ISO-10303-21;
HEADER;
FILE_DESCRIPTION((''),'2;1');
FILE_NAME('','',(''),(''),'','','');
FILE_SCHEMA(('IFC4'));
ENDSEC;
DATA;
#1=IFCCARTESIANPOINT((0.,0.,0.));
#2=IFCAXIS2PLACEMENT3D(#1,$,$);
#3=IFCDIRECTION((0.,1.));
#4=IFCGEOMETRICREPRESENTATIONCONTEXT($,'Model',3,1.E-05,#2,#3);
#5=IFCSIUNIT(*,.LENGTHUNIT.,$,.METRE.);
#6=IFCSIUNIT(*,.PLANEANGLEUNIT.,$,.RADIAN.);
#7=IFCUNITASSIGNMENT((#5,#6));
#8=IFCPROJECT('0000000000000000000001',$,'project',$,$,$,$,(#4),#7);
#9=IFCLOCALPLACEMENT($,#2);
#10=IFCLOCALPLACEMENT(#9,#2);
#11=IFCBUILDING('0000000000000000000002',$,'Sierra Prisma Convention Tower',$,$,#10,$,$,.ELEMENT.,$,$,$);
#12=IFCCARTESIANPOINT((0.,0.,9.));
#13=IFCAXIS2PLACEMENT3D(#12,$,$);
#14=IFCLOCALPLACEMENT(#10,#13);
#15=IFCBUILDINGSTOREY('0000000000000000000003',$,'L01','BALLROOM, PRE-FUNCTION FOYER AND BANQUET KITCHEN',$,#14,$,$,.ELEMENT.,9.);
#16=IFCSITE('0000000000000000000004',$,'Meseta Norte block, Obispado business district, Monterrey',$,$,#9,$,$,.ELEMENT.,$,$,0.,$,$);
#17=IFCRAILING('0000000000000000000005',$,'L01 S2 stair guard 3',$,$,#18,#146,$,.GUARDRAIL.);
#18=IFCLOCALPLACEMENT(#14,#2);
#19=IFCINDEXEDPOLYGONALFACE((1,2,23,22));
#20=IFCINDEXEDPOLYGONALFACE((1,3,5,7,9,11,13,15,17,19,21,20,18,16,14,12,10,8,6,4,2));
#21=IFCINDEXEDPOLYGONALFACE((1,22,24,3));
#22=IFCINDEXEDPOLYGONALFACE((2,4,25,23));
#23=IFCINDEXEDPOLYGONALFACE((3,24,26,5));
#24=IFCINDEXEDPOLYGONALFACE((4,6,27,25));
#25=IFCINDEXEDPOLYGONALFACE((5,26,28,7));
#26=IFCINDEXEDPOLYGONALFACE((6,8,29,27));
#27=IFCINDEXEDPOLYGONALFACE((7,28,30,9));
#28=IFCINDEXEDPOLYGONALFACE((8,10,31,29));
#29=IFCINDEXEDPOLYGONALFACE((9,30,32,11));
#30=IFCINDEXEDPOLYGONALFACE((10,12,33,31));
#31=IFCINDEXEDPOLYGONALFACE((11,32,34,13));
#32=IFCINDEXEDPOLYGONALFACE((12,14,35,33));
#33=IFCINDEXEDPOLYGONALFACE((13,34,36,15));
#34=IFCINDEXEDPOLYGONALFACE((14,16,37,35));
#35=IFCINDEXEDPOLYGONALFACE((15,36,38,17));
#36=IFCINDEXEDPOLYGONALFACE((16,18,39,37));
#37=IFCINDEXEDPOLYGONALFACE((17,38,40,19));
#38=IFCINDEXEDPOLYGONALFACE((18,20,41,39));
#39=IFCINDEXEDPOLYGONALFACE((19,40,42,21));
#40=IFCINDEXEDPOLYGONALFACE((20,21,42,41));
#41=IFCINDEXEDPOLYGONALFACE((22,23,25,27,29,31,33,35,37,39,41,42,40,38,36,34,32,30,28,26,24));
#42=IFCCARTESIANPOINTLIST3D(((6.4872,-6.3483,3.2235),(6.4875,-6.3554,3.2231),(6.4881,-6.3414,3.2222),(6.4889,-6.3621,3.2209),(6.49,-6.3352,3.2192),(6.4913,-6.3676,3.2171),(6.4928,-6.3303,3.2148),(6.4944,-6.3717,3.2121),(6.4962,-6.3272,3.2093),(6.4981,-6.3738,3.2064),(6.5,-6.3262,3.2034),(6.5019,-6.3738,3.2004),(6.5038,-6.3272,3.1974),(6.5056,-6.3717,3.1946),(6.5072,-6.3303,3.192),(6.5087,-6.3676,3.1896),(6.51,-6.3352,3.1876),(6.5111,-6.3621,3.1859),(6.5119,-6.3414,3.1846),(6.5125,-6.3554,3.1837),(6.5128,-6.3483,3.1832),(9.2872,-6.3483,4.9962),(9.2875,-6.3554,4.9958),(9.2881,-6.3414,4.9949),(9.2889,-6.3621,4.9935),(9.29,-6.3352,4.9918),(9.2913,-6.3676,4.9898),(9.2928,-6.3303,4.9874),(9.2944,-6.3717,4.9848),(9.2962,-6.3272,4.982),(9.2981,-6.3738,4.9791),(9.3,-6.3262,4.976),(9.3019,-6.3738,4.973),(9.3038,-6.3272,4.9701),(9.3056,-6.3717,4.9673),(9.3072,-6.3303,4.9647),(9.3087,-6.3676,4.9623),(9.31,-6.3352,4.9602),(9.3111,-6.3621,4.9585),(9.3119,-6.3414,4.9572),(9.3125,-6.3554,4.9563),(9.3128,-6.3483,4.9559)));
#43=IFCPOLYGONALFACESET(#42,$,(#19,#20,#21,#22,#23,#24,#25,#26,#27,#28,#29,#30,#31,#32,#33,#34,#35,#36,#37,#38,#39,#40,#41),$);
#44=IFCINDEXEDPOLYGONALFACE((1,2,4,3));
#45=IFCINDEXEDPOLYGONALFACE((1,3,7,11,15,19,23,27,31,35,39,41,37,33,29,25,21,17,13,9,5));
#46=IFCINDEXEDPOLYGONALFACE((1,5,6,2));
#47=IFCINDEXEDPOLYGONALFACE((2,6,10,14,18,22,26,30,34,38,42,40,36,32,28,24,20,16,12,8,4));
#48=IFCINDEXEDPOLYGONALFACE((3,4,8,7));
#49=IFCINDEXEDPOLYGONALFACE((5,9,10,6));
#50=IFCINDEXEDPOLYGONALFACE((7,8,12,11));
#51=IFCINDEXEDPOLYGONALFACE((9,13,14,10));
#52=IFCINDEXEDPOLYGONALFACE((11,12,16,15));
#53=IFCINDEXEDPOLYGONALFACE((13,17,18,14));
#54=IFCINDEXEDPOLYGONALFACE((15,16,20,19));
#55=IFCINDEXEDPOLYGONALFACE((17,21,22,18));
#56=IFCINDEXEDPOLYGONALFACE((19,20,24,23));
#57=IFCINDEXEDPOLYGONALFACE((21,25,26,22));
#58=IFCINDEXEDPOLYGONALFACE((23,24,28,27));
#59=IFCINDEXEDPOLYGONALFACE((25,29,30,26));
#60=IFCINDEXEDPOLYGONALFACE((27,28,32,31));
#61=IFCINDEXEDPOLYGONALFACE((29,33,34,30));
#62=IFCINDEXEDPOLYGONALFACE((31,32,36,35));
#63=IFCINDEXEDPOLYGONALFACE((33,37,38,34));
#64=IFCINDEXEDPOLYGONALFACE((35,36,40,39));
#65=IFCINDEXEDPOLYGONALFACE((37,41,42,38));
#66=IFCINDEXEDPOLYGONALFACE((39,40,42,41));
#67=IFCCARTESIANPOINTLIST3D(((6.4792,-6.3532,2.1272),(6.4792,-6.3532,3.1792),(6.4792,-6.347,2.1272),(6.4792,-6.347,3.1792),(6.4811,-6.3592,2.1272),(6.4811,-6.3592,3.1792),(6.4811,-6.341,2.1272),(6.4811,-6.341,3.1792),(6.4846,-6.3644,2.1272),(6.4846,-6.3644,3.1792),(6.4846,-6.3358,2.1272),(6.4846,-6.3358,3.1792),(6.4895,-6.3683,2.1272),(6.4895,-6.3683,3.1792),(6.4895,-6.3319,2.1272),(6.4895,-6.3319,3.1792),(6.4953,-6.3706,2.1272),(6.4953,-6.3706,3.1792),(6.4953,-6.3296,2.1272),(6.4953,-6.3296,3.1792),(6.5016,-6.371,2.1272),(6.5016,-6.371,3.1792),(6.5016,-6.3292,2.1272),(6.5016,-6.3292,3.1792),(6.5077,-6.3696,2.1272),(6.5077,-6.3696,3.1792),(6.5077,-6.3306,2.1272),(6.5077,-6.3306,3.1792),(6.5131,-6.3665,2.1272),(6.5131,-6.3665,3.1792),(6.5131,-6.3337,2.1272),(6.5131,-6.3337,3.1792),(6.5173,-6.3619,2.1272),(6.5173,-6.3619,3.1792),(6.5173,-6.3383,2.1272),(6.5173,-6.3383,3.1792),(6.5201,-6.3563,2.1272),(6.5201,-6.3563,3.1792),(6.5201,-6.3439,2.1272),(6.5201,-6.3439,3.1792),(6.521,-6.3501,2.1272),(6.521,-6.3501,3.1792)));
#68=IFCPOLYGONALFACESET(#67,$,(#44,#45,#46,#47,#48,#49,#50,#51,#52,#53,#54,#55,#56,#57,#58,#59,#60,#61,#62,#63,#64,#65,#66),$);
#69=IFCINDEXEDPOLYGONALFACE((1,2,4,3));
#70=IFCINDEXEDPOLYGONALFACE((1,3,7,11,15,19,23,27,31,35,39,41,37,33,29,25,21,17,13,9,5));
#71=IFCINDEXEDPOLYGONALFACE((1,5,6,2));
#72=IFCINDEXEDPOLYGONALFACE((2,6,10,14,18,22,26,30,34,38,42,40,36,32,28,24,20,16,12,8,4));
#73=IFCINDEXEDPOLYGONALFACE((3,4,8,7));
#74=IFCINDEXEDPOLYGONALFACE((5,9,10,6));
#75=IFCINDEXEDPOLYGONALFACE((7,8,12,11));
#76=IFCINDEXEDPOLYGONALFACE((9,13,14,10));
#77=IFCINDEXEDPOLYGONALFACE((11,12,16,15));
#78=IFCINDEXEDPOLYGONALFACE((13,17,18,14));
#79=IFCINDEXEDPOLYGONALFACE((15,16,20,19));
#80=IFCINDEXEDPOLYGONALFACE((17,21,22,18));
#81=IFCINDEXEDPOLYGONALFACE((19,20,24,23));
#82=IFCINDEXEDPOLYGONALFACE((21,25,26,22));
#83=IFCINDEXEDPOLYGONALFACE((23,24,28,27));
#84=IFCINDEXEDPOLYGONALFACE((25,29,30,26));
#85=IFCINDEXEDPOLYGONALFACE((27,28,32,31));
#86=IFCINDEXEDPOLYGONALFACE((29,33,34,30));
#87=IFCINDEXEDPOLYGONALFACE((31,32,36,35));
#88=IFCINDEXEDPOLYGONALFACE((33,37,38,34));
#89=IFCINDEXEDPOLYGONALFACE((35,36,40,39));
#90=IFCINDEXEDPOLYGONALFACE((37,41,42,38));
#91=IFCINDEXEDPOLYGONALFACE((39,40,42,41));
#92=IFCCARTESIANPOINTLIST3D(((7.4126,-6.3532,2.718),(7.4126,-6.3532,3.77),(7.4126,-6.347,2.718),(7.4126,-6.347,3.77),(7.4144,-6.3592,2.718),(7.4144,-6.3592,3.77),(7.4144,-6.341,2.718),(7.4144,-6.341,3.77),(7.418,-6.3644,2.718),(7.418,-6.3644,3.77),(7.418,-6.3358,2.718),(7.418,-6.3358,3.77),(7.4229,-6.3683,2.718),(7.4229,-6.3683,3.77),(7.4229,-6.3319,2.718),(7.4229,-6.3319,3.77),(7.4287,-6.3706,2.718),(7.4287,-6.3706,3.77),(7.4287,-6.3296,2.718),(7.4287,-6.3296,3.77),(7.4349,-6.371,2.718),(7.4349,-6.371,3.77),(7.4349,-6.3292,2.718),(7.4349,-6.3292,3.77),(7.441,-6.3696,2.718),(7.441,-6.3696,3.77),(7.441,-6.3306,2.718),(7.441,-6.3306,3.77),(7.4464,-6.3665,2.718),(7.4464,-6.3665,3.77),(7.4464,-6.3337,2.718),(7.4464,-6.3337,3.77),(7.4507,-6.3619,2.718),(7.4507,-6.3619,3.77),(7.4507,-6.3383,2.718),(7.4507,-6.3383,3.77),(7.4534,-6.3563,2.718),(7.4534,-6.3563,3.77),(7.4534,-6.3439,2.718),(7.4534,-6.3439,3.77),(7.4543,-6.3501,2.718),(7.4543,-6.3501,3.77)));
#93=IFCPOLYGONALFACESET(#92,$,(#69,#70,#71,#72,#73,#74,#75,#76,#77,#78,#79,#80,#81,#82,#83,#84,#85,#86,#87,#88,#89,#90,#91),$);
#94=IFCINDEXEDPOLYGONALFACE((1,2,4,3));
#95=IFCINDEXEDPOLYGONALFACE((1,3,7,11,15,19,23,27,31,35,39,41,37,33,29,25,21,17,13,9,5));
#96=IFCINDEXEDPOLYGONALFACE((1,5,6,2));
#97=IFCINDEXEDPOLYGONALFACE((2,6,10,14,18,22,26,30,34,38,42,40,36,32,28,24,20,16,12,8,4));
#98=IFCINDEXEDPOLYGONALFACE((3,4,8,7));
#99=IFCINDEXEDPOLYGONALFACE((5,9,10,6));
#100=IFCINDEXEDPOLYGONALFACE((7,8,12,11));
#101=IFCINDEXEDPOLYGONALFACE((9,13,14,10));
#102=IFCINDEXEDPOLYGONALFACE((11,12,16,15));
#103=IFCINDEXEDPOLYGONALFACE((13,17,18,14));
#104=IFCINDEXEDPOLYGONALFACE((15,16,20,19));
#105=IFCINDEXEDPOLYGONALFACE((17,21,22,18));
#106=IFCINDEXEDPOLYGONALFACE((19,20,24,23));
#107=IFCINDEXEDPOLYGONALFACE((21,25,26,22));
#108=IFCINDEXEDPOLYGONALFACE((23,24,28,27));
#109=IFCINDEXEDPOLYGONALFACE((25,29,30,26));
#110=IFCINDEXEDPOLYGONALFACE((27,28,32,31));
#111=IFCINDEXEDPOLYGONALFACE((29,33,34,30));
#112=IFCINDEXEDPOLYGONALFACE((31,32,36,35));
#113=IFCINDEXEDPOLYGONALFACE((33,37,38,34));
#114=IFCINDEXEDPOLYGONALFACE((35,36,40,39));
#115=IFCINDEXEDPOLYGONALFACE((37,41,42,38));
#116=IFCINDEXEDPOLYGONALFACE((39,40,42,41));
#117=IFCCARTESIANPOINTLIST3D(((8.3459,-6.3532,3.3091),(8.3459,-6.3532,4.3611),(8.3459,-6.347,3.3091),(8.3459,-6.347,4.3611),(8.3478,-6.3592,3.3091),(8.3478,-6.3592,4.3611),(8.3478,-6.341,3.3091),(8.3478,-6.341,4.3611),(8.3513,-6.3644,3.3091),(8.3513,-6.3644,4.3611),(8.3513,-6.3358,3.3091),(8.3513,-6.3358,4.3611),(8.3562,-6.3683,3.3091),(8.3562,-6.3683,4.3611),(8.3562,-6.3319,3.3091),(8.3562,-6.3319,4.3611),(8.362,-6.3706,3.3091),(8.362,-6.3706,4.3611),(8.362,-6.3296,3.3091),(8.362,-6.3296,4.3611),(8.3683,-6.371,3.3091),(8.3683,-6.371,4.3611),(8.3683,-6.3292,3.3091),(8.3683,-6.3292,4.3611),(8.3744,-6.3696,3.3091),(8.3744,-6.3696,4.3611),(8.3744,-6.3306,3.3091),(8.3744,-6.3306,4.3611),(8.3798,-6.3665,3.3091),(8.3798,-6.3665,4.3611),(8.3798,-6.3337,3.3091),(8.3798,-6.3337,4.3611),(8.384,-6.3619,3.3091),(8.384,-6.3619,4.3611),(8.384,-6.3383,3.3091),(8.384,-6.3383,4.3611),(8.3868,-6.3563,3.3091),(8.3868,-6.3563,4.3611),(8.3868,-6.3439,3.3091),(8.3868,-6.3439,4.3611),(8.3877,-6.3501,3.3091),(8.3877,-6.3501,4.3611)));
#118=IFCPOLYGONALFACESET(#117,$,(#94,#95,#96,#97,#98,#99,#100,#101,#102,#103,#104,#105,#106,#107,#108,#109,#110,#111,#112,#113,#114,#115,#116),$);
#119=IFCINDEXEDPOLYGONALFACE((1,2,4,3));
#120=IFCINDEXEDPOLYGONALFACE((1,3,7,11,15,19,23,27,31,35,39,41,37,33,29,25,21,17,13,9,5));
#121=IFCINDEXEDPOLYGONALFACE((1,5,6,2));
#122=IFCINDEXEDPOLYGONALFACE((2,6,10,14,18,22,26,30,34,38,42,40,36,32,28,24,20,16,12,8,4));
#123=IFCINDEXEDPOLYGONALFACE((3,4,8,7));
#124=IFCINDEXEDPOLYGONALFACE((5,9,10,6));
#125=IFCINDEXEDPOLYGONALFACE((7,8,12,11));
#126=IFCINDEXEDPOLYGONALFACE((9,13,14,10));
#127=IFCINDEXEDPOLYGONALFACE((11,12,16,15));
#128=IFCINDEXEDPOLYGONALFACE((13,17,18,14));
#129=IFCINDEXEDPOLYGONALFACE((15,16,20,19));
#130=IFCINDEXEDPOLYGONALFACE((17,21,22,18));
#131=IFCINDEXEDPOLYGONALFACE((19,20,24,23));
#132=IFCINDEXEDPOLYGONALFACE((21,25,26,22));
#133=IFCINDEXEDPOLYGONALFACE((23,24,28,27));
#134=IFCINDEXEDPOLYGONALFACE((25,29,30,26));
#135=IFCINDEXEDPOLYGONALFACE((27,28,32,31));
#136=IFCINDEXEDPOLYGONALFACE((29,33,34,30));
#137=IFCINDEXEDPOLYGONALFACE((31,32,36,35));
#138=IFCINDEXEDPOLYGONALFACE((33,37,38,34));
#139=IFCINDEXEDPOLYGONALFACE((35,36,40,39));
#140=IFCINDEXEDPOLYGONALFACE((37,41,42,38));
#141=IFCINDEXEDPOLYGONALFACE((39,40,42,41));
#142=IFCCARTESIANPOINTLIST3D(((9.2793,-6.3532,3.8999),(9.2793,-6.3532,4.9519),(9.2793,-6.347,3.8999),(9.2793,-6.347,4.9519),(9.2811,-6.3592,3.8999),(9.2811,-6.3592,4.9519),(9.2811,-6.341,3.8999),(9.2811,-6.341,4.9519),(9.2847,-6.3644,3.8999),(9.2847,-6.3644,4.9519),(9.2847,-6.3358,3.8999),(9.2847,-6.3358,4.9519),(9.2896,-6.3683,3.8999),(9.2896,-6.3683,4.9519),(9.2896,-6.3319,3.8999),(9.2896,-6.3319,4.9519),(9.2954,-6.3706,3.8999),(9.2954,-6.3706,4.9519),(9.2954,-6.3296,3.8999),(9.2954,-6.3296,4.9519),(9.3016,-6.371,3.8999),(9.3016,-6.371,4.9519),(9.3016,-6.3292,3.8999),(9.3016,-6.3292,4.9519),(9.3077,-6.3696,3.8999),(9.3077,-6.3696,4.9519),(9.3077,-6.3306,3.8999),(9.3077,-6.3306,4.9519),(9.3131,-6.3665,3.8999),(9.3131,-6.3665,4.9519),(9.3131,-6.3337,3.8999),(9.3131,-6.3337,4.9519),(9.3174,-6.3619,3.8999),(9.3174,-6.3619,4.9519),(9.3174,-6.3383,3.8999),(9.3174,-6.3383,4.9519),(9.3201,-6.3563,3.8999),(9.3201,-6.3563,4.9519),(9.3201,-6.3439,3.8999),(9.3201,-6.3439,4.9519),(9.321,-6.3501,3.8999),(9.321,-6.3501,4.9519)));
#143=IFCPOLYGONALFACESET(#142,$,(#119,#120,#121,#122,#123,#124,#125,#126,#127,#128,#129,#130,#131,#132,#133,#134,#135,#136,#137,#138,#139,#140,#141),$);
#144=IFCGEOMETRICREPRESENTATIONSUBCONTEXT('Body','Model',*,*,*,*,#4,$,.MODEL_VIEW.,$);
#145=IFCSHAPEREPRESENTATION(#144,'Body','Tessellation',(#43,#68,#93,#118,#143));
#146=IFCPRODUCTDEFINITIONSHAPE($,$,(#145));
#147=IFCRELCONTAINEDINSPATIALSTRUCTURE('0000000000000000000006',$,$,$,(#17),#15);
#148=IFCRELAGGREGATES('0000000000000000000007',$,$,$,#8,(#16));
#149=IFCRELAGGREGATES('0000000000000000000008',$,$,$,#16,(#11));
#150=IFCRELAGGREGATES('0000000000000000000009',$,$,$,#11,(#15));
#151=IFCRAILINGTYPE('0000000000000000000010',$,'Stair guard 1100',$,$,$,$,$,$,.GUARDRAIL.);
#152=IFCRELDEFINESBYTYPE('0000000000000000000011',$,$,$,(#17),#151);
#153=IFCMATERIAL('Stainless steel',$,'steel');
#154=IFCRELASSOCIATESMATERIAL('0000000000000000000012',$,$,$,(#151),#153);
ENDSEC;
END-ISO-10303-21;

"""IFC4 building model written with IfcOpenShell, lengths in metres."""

from ifc_helpers import new_model, si_unit, direction, frame, origin, origin_2d, place, context, subcontext, project, spatial, circle, extrude, material, type_object, element, save


model = new_model("IFC4")

# Units and contexts
model_context = context("Model", 3, precision=1e-05, world=origin(), true_north=direction((0.0, 1.0)))
body_context = subcontext(model_context, "Body", "Model", "MODEL_VIEW")
ifc_project = project(units=[si_unit("LENGTHUNIT", "METRE"), si_unit("PLANEANGLEUNIT", "RADIAN")], contexts=[model_context])

# Site, building, storey
site_placement = place(None, origin())
site = spatial("IfcSite", under=ifc_project, at=site_placement, Name="Meseta Norte block, Obispado business district, Monterrey", CompositionType="ELEMENT", RefElevation=0.0)
building_placement = place(site_placement, origin())
building = spatial("IfcBuilding", under=site, at=building_placement, Name="Sierra Prisma Convention Tower", CompositionType="ELEMENT")
storey_placement = place(building_placement, frame((0.0, 0.0, 9.0)))
storey = spatial("IfcBuildingStorey", under=building, at=storey_placement, Name="L01", Description="BALLROOM, PRE-FUNCTION FOYER AND BANQUET KITCHEN", CompositionType="ELEMENT", Elevation=9.0)

# Railing
ifc_material_1 = material(Name="Stainless steel", Category="steel")
railing_type = type_object("IfcRailingType", Name="Stair guard 1100", PredefinedType="GUARDRAIL", material=ifc_material_1)
railing_1_placement = place(storey_placement, frame((6.5, -6.3501, 2.1272)))
element("IfcRailing", 1, at=railing_1_placement, inside=storey, type_object=railing_type, Name="L01 S2 stair guard 3", PredefinedType="GUARDRAIL", context=body_context, shape_type="SweptSolid", body=[
    extrude(circle(Radius=0.0239, at=origin_2d()), frame((0.0, 0.0, 1.0762), z_axis=(0.844909, 0.0, 0.53491), x_axis=(0.0, 1.0, 0.0)), (0.0, 0.0, 1.0), 3.314),
    extrude(circle(Radius=0.021, at=origin_2d()), origin(), (0.0, 0.0, 1.0), 1.052),
    extrude(circle(Radius=0.021, at=origin_2d()), frame((0.9333, 0.0, 0.5908)), (0.0, 0.0, 1.0), 1.052),
    extrude(circle(Radius=0.021, at=origin_2d()), frame((1.8667, 0.0, 1.1819)), (0.0, 0.0, 1.0), 1.052),
    extrude(circle(Radius=0.021, at=origin_2d()), frame((2.8, 0.0, 1.7727)), (0.0, 0.0, 1.0), 1.052),
])

save(model, "model.ifc")
